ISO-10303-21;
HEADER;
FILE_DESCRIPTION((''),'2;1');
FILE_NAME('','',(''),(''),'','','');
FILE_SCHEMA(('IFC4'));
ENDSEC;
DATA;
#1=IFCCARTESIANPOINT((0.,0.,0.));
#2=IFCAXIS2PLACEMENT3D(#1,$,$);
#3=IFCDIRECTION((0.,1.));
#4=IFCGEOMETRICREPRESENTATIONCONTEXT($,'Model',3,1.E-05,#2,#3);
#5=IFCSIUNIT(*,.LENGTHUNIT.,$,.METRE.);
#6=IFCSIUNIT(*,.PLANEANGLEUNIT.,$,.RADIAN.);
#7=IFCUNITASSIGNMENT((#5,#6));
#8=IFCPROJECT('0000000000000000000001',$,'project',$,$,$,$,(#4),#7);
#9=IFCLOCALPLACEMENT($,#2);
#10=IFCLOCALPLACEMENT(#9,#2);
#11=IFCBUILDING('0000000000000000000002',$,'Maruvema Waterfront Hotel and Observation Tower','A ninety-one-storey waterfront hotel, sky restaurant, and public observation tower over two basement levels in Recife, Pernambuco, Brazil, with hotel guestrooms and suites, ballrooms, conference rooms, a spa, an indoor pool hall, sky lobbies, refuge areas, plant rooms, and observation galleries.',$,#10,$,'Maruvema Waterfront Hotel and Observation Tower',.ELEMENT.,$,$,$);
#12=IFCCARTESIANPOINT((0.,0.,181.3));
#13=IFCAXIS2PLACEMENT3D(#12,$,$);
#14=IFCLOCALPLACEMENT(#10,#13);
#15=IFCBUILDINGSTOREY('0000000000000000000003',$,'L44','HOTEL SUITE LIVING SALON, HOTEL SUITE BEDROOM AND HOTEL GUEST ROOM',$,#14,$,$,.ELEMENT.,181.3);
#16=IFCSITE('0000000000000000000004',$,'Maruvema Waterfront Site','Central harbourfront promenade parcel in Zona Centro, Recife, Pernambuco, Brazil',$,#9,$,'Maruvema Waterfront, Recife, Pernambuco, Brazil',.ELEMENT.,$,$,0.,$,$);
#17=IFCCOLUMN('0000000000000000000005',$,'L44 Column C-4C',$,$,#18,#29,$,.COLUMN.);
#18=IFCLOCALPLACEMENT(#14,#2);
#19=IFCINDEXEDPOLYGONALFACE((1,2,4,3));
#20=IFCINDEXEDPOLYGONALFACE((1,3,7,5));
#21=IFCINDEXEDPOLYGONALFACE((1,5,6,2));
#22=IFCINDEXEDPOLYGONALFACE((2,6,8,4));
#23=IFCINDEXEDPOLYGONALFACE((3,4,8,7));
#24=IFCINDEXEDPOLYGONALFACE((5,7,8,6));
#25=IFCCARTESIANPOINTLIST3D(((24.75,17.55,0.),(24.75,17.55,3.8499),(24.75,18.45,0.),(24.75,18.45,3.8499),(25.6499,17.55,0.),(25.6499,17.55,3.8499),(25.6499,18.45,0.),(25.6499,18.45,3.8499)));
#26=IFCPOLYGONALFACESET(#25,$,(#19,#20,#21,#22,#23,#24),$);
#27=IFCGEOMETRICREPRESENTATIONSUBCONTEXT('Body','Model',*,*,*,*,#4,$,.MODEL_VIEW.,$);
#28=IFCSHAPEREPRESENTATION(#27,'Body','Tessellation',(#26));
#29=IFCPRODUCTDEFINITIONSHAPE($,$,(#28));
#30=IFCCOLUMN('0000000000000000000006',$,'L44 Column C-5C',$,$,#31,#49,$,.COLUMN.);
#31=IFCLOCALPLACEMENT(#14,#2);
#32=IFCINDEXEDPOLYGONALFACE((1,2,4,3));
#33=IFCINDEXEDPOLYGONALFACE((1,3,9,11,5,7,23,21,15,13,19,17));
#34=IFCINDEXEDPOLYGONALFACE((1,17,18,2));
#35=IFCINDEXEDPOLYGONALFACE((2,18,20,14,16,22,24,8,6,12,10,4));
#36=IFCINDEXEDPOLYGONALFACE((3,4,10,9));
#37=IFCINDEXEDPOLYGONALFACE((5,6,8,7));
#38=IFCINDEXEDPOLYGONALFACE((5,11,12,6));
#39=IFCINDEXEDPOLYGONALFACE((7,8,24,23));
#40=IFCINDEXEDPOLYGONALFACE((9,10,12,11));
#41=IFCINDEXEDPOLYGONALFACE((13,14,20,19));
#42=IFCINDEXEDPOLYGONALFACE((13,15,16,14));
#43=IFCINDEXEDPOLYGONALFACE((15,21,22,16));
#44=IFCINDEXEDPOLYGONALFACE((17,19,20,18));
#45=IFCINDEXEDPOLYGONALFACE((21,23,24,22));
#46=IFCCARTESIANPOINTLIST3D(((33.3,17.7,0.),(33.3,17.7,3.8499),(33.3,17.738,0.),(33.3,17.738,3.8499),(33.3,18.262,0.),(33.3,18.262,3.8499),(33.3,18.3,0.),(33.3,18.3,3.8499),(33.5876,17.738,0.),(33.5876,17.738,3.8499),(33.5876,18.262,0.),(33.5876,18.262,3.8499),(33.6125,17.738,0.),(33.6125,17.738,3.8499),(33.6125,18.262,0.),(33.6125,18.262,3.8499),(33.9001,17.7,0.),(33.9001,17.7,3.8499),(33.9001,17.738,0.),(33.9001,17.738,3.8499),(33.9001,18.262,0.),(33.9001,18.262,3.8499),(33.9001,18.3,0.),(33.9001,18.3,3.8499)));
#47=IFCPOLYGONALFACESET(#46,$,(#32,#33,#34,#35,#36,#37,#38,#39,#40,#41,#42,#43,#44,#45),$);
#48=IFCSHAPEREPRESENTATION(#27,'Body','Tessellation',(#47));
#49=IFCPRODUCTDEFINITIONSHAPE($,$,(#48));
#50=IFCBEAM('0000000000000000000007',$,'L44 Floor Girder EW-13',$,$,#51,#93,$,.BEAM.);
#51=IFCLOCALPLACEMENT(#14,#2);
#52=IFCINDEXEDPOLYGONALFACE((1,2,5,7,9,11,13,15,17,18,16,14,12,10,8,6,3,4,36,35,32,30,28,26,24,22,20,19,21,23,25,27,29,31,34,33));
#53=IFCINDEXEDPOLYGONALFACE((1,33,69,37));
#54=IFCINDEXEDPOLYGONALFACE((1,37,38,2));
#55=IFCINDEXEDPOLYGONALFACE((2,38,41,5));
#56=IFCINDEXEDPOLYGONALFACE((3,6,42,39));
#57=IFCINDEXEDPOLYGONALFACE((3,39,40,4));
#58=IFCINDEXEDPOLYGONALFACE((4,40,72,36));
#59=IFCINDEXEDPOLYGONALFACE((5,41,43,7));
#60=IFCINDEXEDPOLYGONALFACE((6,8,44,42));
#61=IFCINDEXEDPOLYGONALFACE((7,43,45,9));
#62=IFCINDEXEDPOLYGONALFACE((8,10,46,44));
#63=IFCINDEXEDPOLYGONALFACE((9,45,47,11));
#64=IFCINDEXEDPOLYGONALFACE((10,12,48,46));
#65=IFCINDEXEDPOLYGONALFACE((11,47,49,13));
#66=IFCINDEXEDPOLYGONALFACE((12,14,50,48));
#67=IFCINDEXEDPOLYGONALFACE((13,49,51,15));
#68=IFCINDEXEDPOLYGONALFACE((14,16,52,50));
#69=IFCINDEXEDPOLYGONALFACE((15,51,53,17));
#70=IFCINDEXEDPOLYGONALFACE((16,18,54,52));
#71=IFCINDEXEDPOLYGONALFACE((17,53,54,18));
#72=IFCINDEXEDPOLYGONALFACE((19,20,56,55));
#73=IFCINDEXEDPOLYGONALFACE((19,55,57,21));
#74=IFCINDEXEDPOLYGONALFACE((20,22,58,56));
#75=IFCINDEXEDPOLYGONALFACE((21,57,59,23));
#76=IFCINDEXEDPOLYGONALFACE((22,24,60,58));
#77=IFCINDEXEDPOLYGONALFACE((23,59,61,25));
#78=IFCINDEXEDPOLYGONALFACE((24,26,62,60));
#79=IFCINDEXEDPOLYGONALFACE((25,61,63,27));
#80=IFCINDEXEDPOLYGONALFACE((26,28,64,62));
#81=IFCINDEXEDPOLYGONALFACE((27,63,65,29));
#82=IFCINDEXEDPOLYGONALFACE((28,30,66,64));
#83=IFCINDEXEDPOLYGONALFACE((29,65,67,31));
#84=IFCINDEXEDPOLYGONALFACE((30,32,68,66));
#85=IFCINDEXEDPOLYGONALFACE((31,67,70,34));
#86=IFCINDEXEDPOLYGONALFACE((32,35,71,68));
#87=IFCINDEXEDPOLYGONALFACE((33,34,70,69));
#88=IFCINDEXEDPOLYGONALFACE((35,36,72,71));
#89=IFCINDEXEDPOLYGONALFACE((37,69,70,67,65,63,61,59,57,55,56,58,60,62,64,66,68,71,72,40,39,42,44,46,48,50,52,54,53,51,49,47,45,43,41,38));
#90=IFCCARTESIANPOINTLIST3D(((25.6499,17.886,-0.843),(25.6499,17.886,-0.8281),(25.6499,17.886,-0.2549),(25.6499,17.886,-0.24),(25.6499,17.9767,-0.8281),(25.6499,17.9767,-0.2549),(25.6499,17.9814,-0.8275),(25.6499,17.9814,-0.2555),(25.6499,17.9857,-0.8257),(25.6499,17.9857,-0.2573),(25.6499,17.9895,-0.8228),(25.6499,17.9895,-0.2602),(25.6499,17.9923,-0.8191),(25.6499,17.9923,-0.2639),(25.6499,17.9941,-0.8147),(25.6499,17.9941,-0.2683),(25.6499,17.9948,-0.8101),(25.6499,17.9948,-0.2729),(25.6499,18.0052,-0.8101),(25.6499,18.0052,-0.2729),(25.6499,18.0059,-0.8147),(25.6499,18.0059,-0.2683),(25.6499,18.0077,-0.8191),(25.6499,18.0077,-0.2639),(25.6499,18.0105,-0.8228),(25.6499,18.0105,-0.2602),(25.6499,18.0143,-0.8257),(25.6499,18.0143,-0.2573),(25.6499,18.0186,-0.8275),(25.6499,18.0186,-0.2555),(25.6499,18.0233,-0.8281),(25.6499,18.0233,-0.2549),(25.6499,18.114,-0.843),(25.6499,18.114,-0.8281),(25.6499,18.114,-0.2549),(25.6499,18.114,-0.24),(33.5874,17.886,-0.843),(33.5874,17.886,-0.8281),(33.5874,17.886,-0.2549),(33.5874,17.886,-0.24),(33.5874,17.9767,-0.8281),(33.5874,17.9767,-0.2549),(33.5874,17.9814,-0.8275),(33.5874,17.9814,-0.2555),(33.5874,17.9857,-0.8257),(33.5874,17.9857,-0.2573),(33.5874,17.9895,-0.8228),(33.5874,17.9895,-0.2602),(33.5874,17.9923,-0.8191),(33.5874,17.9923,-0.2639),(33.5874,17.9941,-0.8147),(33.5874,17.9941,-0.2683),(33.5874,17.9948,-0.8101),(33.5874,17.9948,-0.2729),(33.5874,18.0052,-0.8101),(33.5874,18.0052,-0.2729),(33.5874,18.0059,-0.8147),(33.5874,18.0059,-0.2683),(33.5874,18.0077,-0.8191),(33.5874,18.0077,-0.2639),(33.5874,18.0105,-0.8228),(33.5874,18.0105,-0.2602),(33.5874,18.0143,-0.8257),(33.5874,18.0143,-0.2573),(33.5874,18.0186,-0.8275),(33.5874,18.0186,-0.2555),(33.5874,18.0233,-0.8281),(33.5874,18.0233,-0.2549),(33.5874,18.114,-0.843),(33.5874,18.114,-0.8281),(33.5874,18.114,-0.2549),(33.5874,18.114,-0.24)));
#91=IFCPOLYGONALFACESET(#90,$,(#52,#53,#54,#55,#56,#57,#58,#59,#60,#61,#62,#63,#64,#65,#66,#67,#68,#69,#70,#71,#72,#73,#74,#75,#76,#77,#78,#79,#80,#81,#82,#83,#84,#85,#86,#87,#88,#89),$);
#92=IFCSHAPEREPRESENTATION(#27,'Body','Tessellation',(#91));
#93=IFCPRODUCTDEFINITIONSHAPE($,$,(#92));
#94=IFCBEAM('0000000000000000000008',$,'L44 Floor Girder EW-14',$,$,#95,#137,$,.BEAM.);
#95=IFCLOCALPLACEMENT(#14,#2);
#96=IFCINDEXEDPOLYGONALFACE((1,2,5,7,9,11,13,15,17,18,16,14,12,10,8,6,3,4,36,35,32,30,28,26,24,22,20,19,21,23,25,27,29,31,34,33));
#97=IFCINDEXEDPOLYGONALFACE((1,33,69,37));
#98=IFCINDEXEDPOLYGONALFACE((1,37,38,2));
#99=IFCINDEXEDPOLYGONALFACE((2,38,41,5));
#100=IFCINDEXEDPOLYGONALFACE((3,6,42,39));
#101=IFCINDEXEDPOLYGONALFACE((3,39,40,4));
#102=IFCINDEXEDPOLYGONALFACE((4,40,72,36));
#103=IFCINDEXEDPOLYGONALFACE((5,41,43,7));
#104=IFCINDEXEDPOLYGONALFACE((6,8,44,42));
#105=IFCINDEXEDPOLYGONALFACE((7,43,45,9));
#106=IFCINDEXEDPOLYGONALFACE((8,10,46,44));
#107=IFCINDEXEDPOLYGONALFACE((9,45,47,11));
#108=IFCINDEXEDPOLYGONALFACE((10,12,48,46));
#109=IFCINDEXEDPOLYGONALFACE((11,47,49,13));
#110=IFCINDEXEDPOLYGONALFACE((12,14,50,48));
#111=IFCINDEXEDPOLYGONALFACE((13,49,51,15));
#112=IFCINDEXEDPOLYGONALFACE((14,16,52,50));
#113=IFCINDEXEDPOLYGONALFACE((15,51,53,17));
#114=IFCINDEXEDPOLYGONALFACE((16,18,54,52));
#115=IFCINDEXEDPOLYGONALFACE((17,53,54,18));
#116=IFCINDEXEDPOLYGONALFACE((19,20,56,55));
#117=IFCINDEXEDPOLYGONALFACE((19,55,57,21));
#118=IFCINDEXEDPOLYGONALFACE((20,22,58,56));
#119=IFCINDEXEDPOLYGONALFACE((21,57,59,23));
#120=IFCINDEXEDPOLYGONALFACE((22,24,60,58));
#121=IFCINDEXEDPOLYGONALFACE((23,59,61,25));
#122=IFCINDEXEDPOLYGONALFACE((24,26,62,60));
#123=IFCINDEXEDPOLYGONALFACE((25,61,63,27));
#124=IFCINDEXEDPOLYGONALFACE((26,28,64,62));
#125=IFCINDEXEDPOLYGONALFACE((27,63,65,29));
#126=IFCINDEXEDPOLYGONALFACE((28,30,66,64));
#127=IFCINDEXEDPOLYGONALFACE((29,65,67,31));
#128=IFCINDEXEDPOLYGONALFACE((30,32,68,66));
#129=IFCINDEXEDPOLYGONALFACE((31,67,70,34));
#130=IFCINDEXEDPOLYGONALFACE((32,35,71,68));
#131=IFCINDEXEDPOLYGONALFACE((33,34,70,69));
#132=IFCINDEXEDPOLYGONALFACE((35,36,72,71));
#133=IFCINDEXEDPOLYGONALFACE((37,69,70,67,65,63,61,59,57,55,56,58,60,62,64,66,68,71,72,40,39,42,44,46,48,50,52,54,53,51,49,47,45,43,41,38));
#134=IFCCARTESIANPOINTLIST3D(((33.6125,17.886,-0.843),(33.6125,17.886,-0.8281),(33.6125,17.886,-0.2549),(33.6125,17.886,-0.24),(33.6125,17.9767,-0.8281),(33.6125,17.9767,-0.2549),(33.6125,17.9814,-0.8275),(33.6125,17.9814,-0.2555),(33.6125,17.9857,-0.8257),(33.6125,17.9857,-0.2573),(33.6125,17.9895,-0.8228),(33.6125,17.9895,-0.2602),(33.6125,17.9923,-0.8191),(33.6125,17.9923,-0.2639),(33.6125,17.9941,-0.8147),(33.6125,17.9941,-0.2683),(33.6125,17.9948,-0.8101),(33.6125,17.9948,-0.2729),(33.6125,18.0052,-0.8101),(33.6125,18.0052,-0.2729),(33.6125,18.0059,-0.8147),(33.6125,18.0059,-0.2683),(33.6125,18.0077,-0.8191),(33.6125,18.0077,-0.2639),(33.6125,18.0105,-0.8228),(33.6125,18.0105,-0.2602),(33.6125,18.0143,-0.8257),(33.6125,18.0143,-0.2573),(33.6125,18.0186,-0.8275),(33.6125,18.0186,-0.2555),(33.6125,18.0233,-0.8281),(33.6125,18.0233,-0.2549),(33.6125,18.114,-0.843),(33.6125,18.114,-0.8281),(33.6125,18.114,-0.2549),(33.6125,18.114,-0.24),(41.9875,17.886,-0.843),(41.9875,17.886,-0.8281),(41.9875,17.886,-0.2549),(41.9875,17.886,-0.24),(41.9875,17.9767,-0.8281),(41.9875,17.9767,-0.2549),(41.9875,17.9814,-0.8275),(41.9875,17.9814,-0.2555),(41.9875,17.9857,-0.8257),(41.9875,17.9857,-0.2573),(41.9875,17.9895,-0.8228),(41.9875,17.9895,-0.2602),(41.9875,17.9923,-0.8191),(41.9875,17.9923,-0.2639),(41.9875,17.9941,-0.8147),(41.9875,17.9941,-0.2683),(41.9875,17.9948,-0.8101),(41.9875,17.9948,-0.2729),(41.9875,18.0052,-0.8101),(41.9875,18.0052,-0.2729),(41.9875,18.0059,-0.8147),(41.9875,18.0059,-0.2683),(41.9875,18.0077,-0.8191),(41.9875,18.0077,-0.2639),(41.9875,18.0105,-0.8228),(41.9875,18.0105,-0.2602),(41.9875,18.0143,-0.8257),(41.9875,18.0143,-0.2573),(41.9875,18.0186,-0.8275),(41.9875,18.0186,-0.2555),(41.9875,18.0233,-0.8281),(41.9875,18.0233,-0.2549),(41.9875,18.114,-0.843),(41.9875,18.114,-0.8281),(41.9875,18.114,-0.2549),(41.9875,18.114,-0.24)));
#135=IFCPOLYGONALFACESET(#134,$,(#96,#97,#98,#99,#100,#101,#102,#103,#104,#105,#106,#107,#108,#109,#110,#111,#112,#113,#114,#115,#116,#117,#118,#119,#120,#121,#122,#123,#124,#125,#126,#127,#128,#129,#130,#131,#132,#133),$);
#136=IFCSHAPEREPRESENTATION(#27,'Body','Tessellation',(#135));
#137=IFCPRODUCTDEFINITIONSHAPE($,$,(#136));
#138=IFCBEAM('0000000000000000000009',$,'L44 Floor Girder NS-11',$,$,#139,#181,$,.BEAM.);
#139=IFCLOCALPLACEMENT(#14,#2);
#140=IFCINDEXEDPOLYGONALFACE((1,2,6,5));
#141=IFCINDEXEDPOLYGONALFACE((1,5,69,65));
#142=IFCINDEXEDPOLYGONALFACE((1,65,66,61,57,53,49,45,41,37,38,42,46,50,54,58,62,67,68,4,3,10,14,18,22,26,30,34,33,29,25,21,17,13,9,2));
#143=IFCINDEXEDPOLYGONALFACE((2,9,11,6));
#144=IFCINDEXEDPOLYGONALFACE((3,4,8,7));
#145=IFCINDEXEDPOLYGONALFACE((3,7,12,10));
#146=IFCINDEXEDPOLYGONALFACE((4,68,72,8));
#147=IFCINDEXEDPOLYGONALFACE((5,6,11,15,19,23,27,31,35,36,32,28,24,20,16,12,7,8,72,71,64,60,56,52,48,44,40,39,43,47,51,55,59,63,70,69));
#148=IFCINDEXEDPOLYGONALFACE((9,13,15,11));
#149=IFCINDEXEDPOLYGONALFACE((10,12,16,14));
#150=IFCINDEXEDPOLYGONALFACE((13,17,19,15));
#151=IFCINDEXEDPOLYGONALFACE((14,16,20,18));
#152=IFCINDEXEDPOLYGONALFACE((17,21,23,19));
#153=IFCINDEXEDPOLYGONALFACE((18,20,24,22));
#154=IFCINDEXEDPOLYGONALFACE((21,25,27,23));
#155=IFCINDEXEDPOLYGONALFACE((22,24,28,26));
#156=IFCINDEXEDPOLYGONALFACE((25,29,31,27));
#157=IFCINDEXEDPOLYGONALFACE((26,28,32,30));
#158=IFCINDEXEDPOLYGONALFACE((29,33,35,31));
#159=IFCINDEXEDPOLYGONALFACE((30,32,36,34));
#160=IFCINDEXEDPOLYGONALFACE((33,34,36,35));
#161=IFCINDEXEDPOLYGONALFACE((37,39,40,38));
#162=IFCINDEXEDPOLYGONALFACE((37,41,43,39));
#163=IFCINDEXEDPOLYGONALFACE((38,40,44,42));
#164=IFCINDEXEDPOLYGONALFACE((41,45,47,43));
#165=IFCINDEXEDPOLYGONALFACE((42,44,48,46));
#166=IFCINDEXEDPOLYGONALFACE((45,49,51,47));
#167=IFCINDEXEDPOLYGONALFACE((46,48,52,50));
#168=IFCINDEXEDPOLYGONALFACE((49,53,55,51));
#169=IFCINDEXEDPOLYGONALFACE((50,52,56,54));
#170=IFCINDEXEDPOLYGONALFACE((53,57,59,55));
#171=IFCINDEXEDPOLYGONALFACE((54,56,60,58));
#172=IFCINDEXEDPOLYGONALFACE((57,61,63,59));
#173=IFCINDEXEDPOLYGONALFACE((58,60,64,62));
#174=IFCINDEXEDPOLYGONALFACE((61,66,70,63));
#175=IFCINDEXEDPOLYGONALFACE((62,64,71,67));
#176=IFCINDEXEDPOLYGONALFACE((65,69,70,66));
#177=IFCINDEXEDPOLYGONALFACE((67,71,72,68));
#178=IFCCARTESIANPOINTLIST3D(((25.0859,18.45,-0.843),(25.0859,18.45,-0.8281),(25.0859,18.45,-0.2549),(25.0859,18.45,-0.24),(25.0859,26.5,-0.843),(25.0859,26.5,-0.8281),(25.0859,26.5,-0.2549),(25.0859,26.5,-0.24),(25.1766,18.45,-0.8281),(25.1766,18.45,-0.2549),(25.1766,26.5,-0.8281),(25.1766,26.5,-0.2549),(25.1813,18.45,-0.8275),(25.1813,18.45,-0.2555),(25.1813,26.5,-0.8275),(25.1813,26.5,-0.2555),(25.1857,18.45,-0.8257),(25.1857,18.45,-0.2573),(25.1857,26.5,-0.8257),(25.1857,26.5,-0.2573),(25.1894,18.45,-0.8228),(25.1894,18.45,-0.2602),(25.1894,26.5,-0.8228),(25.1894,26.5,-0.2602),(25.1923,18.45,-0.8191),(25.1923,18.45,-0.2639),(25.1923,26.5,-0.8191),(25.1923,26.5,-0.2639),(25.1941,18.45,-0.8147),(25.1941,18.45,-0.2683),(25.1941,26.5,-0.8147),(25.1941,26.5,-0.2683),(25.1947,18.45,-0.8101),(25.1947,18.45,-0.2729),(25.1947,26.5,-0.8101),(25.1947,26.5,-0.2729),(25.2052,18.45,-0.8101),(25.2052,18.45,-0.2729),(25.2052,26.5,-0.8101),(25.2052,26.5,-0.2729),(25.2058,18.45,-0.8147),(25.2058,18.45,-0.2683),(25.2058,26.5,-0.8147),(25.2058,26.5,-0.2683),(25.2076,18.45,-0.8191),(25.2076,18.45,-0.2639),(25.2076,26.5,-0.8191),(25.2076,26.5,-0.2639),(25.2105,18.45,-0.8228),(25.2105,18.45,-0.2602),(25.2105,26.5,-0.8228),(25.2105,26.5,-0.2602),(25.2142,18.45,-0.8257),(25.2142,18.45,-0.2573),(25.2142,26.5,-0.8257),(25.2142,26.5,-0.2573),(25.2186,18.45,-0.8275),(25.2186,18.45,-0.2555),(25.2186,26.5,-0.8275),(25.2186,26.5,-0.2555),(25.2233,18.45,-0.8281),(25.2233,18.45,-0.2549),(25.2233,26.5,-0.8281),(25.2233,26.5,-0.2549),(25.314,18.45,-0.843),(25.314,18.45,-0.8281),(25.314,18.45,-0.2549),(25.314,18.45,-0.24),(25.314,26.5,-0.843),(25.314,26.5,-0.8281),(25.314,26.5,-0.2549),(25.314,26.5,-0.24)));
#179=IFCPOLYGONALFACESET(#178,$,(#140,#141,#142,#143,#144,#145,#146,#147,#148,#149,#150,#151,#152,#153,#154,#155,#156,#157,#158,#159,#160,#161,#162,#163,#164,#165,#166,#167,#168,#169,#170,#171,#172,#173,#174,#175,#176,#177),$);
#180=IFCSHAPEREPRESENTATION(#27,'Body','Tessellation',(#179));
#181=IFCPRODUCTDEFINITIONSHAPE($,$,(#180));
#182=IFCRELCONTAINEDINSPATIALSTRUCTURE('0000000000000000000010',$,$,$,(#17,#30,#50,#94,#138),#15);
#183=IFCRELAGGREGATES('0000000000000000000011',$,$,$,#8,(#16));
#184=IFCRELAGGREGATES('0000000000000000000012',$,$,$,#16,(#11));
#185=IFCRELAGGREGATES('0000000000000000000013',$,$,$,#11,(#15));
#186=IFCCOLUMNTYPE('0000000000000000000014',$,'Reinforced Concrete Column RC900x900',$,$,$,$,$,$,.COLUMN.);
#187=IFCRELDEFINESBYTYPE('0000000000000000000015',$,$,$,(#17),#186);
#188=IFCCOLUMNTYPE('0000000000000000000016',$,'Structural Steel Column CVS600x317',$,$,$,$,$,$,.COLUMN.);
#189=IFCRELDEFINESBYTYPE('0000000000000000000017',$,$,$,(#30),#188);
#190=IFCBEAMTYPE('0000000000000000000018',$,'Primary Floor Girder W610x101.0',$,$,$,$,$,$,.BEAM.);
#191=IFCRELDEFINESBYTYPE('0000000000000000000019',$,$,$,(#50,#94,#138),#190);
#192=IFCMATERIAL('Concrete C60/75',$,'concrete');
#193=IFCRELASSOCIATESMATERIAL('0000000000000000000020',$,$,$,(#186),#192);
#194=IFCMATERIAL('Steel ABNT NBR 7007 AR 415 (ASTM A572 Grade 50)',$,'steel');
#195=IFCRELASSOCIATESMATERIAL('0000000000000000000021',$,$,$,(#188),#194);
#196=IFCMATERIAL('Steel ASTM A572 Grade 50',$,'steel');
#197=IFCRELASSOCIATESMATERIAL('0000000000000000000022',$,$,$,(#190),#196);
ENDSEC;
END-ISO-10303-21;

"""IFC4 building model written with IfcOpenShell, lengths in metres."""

from ifc_helpers import new_model, si_unit, direction, frame, origin, origin_2d, place, context, subcontext, project, spatial, rectangle, i_section, extrude, material, material_profile, profile_set, type_object, element, save


model = new_model("IFC4")

# Units and contexts
model_context = context("Model", 3, precision=1e-05, world=origin(), true_north=direction((0.0, 1.0)))
body_context = subcontext(model_context, "Body", "Model", "MODEL_VIEW")
ifc_project = project(units=[si_unit("LENGTHUNIT", "METRE"), si_unit("PLANEANGLEUNIT", "RADIAN")], contexts=[model_context])

# Site, building, storey
site_placement = place(None, origin())
site = spatial("IfcSite", under=ifc_project, at=site_placement, Name="Maruvema Waterfront Site", Description="Central harbourfront promenade parcel in Zona Centro, Recife, Pernambuco, Brazil", LongName="Maruvema Waterfront, Recife, Pernambuco, Brazil", CompositionType="ELEMENT", RefElevation=0.0)
building_placement = place(site_placement, origin())
building = spatial("IfcBuilding", under=site, at=building_placement, Name="Maruvema Waterfront Hotel and Observation Tower", Description="A ninety-one-storey waterfront hotel, sky restaurant, and public observation tower over two basement levels in Recife, Pernambuco, Brazil, with hotel guestrooms and suites, ballrooms, conference rooms, a spa, an indoor pool hall, sky lobbies, refuge areas, plant rooms, and observation galleries.", LongName="Maruvema Waterfront Hotel and Observation Tower", CompositionType="ELEMENT")
storey_placement = place(building_placement, frame((0.0, 0.0, 181.3)))
storey = spatial("IfcBuildingStorey", under=building, at=storey_placement, Name="L44", Description="HOTEL SUITE LIVING SALON, HOTEL SUITE BEDROOM AND HOTEL GUEST ROOM", CompositionType="ELEMENT", Elevation=181.3)

# Columns
ifc_material_1 = material(Name="Concrete C60/75", Category="concrete")
ifc_material_profile_1 = material_profile(ifc_material_1, rectangle(XDim=0.8999, YDim=0.8999, at=origin_2d()), Name="RC900x900")
ifc_profile_set_1 = profile_set([ifc_material_profile_1], Name="Concrete C60/75")
column_type_1 = type_object("IfcColumnType", Name="Reinforced Concrete Column RC900x900", PredefinedType="COLUMN", material=ifc_profile_set_1)
column_1_placement = place(storey_placement, frame((25.2, 18.0, 0.0), z_axis=(0.0, 0.0, 1.0), x_axis=(1.0, 0.0, 0.0)))
element("IfcColumn", 1, at=column_1_placement, inside=storey, type_object=column_type_1, Name="L44 Column C-4C", PredefinedType="COLUMN", context=body_context, shape_type="SweptSolid", body=[
    extrude(rectangle(XDim=0.8999, YDim=0.8999, at=origin_2d()), origin(), (0.0, 0.0, 1.0), 3.8499),
])
ifc_material_2 = material(Name="Steel ABNT NBR 7007 AR 415 (ASTM A572 Grade 50)", Category="steel")
ifc_material_profile_2 = material_profile(ifc_material_2, i_section(OverallWidth=0.6001, OverallDepth=0.6001, WebThickness=0.0249, FlangeThickness=0.0381, at=origin_2d()), Name="CVS600x317")
ifc_profile_set_2 = profile_set([ifc_material_profile_2], Name="Steel ABNT NBR 7007 AR 415 (ASTM A572 Grade 50)")
column_type_2 = type_object("IfcColumnType", Name="Structural Steel Column CVS600x317", PredefinedType="COLUMN", material=ifc_profile_set_2)
column_2_placement = place(storey_placement, frame((33.6001, 18.0, 0.0), z_axis=(0.0, 0.0, 1.0), x_axis=(1.0, 0.0, 0.0)))
element("IfcColumn", 2, at=column_2_placement, inside=storey, type_object=column_type_2, Name="L44 Column C-5C", PredefinedType="COLUMN", context=body_context, shape_type="SweptSolid", body=[
    extrude(i_section(OverallWidth=0.6001, OverallDepth=0.6001, WebThickness=0.0249, FlangeThickness=0.0381, at=origin_2d()), origin(), (0.0, 0.0, 1.0), 3.8499),
])

# Beams
ifc_material_3 = material(Name="Steel ASTM A572 Grade 50", Category="steel")
ifc_material_profile_3 = material_profile(ifc_material_3, i_section(OverallWidth=0.228, OverallDepth=0.603, WebThickness=0.0105, FlangeThickness=0.0149, FilletRadius=0.0181, at=origin_2d()), Name="W610x101.0")
ifc_profile_set_3 = profile_set([ifc_material_profile_3], Name="Steel ASTM A572 Grade 50")
beam_type = type_object("IfcBeamType", Name="Primary Floor Girder W610x101.0", PredefinedType="BEAM", material=ifc_profile_set_3)
beam_1_placement = place(storey_placement, frame((25.6499, 18.0, -0.5415), z_axis=(1.0, 0.0, 0.0), x_axis=(0.0, 1.0, 0.0)))
element("IfcBeam", 3, at=beam_1_placement, inside=storey, type_object=beam_type, Name="L44 Floor Girder EW-13", PredefinedType="BEAM", context=body_context, shape_type="SweptSolid", body=[
    extrude(i_section(OverallWidth=0.228, OverallDepth=0.603, WebThickness=0.0105, FlangeThickness=0.0149, FilletRadius=0.0181, at=origin_2d()), origin(), (0.0, 0.0, 1.0), 7.9375),
])
beam_2_placement = place(storey_placement, frame((33.6125, 18.0, -0.5415), z_axis=(1.0, 0.0, 0.0), x_axis=(0.0, 1.0, 0.0)))
element("IfcBeam", 4, at=beam_2_placement, inside=storey, type_object=beam_type, Name="L44 Floor Girder EW-14", PredefinedType="BEAM", context=body_context, shape_type="SweptSolid", body=[
    extrude(i_section(OverallWidth=0.228, OverallDepth=0.603, WebThickness=0.0105, FlangeThickness=0.0149, FilletRadius=0.0181, at=origin_2d()), origin(), (0.0, 0.0, 1.0), 8.375),
])
beam_3_placement = place(storey_placement, frame((25.2, 18.45, -0.5415), z_axis=(0.0, 1.0, 0.0), x_axis=(-1.0, 0.0, 0.0)))
element("IfcBeam", 5, at=beam_3_placement, inside=storey, type_object=beam_type, Name="L44 Floor Girder NS-11", PredefinedType="BEAM", context=body_context, shape_type="SweptSolid", body=[
    extrude(i_section(OverallWidth=0.228, OverallDepth=0.603, WebThickness=0.0105, FlangeThickness=0.0149, FilletRadius=0.0181, at=origin_2d()), origin(), (0.0, 0.0, 1.0), 8.05),
])

save(model, "model.ifc")
